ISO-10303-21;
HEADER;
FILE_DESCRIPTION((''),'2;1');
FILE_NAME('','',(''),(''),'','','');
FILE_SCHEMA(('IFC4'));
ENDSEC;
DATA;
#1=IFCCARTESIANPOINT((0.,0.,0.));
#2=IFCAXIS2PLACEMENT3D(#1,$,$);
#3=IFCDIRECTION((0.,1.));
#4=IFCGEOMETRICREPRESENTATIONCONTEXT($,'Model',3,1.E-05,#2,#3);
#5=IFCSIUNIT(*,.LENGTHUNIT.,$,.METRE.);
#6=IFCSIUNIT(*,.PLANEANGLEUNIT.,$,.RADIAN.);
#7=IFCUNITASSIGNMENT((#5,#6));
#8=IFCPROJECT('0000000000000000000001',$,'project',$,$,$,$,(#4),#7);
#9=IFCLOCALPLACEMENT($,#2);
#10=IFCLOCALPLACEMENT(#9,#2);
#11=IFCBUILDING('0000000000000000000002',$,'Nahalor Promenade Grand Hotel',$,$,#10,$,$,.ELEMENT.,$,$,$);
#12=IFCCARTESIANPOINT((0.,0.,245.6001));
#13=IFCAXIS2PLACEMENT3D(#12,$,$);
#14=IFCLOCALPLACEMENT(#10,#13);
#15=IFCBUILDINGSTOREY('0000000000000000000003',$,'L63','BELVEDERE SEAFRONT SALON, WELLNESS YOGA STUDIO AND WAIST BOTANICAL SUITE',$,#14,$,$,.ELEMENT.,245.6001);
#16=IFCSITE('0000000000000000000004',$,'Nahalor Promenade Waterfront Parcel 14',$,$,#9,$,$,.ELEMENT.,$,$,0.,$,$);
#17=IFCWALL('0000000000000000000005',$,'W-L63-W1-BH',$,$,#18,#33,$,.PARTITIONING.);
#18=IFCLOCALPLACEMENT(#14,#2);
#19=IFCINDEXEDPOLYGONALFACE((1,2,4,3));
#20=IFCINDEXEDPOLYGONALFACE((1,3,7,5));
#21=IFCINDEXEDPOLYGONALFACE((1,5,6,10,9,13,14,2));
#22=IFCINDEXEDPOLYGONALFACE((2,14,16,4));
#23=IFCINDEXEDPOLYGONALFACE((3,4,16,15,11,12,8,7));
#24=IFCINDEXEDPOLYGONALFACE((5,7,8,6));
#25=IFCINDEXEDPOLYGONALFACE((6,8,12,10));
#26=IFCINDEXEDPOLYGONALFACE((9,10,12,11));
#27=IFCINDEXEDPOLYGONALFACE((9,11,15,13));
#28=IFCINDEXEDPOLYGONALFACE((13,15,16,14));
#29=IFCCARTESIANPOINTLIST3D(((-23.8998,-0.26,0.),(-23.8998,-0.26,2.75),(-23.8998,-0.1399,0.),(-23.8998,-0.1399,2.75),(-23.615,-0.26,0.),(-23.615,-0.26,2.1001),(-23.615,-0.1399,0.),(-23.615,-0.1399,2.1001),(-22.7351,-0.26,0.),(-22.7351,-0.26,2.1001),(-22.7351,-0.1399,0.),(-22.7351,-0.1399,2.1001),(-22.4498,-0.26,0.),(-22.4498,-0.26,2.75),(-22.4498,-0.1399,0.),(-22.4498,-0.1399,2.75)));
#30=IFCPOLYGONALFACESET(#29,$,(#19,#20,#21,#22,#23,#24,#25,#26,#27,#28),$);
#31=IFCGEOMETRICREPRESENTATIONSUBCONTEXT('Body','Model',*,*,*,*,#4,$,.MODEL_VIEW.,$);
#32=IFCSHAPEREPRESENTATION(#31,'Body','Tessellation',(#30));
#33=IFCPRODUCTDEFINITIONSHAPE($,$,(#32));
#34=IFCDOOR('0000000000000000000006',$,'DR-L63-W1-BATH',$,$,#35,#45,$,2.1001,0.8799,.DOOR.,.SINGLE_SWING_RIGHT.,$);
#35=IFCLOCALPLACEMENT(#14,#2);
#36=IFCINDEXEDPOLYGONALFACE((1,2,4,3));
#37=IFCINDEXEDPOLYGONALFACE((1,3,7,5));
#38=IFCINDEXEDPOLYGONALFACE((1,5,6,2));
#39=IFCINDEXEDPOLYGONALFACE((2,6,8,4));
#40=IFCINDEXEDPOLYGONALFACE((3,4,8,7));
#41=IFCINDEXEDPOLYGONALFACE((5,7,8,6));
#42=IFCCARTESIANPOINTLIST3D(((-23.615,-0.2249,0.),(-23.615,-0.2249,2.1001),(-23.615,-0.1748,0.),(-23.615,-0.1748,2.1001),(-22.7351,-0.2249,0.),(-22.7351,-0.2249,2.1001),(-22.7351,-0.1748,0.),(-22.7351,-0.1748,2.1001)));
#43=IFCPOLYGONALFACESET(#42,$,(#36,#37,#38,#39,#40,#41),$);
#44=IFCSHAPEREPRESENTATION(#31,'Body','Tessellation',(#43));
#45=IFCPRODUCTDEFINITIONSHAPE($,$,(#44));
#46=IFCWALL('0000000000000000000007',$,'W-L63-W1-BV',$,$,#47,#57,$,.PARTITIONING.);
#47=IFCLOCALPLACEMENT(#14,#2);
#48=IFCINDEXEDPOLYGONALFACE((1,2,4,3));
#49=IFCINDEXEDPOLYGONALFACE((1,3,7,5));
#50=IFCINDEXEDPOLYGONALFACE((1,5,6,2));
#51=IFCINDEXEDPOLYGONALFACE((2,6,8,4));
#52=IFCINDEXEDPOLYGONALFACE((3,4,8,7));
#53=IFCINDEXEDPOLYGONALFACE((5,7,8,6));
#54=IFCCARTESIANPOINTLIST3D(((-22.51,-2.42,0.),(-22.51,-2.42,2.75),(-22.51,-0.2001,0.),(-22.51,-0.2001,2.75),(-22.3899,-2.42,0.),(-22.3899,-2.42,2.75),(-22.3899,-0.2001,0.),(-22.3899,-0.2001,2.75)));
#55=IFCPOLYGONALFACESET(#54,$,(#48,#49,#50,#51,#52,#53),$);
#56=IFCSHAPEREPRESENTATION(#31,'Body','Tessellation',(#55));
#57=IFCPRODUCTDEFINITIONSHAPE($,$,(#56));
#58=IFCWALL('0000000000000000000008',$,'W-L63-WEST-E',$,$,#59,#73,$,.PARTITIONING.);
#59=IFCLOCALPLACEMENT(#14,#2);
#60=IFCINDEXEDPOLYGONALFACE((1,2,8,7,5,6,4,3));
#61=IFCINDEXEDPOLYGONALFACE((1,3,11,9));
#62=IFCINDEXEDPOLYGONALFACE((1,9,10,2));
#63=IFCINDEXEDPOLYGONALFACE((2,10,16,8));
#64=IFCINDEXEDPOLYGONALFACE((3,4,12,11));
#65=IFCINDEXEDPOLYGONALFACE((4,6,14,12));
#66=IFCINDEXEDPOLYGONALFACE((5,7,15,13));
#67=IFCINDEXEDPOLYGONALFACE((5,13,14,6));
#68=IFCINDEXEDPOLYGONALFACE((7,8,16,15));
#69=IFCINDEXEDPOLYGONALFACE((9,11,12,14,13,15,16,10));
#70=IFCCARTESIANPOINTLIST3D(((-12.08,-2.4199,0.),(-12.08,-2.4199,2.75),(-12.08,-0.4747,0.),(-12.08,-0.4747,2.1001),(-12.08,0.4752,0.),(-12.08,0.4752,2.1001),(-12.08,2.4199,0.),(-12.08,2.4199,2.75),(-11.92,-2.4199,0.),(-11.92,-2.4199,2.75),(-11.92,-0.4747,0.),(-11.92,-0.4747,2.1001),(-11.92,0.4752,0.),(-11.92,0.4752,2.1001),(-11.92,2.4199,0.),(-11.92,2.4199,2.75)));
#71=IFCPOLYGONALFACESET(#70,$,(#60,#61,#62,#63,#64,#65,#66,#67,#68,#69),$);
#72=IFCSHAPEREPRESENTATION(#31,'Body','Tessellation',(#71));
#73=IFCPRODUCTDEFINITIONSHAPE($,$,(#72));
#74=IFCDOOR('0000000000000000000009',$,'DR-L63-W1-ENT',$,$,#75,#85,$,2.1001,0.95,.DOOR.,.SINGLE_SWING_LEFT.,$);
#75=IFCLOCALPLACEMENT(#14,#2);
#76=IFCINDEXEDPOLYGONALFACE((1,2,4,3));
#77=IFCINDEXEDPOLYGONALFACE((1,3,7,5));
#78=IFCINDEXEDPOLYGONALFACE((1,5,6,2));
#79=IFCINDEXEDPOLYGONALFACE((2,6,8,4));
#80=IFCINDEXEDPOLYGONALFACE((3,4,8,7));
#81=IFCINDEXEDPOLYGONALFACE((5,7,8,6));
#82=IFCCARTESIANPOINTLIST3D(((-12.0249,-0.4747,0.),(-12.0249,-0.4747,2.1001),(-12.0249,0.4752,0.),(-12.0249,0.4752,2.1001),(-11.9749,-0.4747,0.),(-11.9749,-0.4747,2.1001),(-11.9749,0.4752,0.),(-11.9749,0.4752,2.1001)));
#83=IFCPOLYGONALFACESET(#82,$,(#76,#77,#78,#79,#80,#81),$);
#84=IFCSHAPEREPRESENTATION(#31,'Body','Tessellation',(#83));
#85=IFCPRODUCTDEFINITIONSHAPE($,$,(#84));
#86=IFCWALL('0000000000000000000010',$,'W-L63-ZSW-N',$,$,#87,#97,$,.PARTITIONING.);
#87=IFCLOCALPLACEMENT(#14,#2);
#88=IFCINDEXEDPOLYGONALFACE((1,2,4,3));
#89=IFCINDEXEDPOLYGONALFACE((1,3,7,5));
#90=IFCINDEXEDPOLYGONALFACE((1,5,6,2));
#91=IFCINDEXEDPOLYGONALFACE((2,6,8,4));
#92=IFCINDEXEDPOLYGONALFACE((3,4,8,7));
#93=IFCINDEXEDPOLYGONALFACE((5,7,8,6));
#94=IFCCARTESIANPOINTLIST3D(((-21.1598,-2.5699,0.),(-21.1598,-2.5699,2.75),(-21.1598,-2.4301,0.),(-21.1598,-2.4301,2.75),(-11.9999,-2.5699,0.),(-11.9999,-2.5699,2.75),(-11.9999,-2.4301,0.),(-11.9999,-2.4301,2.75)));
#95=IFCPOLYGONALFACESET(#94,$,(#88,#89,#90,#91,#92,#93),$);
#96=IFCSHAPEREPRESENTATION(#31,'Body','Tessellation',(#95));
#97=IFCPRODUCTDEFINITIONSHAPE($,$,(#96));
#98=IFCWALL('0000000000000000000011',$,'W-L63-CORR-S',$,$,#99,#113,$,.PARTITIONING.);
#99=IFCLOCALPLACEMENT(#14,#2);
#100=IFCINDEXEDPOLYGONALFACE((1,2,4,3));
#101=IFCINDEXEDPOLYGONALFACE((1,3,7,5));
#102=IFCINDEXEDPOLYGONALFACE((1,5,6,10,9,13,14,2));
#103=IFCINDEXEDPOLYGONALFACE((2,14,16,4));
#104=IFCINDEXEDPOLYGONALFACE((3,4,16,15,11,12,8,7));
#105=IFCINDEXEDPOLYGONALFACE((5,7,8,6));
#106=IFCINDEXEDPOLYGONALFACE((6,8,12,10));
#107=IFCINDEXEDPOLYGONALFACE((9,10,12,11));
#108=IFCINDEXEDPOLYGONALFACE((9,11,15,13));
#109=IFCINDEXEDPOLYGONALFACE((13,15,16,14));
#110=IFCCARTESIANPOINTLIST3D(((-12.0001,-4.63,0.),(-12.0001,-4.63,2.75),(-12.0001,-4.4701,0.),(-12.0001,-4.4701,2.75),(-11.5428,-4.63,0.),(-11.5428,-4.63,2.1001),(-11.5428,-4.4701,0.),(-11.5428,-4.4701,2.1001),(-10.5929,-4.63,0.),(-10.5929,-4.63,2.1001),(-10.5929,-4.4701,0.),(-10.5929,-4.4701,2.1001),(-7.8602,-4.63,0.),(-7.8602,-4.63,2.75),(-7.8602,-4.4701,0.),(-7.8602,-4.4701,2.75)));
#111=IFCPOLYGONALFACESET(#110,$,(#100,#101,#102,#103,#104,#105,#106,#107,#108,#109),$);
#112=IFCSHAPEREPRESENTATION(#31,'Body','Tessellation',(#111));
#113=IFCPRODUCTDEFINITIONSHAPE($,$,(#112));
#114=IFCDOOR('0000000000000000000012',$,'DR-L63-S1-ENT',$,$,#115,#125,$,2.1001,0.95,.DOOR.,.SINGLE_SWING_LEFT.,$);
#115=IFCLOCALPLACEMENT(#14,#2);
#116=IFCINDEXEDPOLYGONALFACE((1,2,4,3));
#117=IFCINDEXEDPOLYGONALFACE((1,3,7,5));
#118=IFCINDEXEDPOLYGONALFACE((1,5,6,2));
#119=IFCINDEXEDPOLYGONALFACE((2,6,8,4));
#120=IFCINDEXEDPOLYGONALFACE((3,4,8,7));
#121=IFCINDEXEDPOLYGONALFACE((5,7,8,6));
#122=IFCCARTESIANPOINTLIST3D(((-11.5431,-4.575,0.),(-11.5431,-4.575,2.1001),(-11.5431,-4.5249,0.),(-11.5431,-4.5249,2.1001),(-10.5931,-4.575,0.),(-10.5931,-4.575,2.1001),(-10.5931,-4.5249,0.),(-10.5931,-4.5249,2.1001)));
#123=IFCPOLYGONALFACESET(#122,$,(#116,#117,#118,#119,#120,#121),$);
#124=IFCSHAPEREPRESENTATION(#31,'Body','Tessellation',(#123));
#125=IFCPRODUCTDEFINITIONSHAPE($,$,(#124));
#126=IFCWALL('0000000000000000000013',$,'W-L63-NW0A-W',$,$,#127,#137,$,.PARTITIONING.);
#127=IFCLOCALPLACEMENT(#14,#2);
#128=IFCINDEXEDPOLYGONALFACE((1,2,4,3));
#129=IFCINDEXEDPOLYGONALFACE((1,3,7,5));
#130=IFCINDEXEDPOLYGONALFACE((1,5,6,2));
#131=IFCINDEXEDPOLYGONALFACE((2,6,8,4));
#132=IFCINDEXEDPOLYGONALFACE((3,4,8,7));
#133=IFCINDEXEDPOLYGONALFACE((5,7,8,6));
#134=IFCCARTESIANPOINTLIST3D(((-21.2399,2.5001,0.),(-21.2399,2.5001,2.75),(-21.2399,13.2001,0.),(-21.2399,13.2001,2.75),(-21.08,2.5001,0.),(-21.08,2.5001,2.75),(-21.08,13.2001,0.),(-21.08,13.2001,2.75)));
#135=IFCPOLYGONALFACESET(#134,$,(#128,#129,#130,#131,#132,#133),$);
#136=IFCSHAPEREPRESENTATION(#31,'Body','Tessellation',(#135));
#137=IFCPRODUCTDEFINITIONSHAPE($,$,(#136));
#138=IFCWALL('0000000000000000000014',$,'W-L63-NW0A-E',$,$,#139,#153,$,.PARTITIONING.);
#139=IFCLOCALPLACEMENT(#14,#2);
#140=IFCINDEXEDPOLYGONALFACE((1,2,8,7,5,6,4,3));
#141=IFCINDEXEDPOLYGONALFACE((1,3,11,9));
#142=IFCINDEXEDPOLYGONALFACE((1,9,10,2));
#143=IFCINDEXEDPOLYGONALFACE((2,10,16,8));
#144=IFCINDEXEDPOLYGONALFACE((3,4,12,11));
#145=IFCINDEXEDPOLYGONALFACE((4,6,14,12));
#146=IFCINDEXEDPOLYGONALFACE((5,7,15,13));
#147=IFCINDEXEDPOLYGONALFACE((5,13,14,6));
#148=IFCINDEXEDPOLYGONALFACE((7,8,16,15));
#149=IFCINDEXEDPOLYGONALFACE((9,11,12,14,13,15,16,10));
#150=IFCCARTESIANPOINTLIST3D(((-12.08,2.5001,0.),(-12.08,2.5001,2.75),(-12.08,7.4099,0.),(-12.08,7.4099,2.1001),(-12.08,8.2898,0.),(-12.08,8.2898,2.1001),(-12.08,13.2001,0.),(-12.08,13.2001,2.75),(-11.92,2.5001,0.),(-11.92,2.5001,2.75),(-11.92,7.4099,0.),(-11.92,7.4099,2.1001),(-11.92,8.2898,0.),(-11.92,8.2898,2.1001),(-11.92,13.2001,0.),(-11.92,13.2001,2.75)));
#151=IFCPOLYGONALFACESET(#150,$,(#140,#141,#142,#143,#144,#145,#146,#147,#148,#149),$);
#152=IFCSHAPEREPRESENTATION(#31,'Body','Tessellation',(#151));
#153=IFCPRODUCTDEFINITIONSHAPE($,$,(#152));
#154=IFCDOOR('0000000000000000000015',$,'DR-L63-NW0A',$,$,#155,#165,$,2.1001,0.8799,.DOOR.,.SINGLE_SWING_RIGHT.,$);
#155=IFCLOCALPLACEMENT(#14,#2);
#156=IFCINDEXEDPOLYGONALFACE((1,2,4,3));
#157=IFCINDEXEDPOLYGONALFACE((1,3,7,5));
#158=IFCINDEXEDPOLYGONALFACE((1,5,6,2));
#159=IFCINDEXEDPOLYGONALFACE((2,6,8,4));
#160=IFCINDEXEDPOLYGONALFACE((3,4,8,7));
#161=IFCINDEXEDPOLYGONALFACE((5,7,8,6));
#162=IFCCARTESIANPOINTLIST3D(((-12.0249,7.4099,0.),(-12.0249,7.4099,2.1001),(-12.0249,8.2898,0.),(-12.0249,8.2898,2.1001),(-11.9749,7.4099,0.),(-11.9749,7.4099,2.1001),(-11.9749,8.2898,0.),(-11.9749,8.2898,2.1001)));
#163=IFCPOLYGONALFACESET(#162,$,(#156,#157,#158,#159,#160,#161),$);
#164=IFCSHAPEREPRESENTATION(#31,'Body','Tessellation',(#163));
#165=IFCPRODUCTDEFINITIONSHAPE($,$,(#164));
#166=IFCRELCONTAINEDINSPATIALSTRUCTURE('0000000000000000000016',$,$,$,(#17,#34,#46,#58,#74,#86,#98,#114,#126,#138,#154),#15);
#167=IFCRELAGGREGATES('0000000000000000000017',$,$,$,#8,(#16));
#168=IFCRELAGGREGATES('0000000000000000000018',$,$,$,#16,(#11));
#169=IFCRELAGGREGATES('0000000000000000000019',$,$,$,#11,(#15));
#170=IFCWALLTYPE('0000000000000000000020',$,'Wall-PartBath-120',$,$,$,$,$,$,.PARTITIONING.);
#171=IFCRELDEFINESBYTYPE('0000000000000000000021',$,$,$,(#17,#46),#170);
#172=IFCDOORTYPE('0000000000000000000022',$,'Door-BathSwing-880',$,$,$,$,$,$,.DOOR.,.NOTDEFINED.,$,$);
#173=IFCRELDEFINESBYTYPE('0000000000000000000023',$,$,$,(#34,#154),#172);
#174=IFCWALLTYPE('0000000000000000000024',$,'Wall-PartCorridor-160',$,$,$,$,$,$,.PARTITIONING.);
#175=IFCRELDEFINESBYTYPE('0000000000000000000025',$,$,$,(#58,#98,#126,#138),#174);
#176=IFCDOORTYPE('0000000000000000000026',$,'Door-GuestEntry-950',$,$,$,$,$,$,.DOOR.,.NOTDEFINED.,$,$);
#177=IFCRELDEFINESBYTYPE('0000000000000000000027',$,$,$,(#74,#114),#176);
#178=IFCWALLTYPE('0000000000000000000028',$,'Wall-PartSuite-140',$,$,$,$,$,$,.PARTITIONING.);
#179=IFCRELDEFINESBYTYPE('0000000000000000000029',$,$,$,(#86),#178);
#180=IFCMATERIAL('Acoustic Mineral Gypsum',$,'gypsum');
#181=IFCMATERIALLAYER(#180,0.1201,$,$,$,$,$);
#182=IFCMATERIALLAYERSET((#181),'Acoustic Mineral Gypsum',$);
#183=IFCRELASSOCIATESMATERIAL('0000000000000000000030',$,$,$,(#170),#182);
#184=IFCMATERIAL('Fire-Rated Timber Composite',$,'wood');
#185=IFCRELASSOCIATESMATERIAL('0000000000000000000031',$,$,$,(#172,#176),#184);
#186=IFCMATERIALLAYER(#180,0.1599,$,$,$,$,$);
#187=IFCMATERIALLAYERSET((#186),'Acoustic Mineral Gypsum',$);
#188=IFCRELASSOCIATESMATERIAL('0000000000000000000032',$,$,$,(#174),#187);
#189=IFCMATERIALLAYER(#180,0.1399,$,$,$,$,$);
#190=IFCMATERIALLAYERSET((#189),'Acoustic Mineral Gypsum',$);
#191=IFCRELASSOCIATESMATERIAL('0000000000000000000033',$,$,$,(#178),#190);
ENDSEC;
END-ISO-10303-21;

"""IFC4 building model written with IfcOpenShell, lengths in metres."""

from ifc_helpers import new_model, si_unit, direction, frame, frame_2d, origin, place, context, subcontext, project, spatial, rectangle, extrude, source, transform, mapped, material, layer, layer_set, type_object, element, fill, save


model = new_model("IFC4")

# Units and contexts
model_context = context("Model", 3, precision=1e-05, world=origin(), true_north=direction((0.0, 1.0)))
body_context = subcontext(model_context, "Body", "Model", "MODEL_VIEW")
ifc_project = project(units=[si_unit("LENGTHUNIT", "METRE"), si_unit("PLANEANGLEUNIT", "RADIAN")], contexts=[model_context])

# Site, building, storey
site_placement = place(None, origin())
site = spatial("IfcSite", under=ifc_project, at=site_placement, Name="Nahalor Promenade Waterfront Parcel 14", CompositionType="ELEMENT", RefElevation=0.0)
building_placement = place(site_placement, origin())
building = spatial("IfcBuilding", under=site, at=building_placement, Name="Nahalor Promenade Grand Hotel", CompositionType="ELEMENT")
storey_placement = place(building_placement, frame((0.0, 0.0, 245.6001)))
storey = spatial("IfcBuildingStorey", under=building, at=storey_placement, Name="L63", Description="BELVEDERE SEAFRONT SALON, WELLNESS YOGA STUDIO AND WAIST BOTANICAL SUITE", CompositionType="ELEMENT", Elevation=245.6001)

# Wall, opening, door
ifc_material_1 = material(Name="Acoustic Mineral Gypsum", Category="gypsum")
ifc_layer_1 = layer(ifc_material_1, 0.1201)
ifc_layer_set_1 = layer_set([ifc_layer_1], Name="Acoustic Mineral Gypsum")
wall_type_1 = type_object("IfcWallType", Name="Wall-PartBath-120", PredefinedType="PARTITIONING", material=ifc_layer_set_1)
shared_shape_1 = source(origin(), body_context, "Body", "SweptSolid", [
    extrude(rectangle(XDim=1.45, YDim=0.1201, at=frame_2d((0.7251, 0.0))), origin(), (0.0, 0.0, 1.0), 2.75),
])
wall_1_placement = place(storey_placement, frame((-23.8999, -0.2, 0.0), z_axis=(0.0, 0.0, 1.0), x_axis=(1.0, 0.0, 0.0)))
wall_1 = element("IfcWall", 1, at=wall_1_placement, inside=storey, type_object=wall_type_1, Name="W-L63-W1-BH", PredefinedType="PARTITIONING", context=body_context, shape_type="MappedRepresentation", body=[
    mapped(shared_shape_1, transform((0.0, 0.0, 0.0), scale=1.0)),
])
opening_1_placement = place(wall_1_placement, frame((0.2849, 0.0, 0.0)))
opening_1 = element("IfcOpeningElement", 2, at=opening_1_placement, cuts=wall_1, PredefinedType="OPENING", context=body_context, shape_type="SweptSolid", body=[
    extrude(rectangle(XDim=0.8799, YDim=2.1001, at=frame_2d((0.4399, 1.05))), frame((0.0, 0.0701, 0.0), z_axis=(0.0, -1.0, 0.0), x_axis=(1.0, 0.0, 0.0)), (0.0, 0.0, 1.0), 0.1401),
])
ifc_material_2 = material(Name="Fire-Rated Timber Composite", Category="wood")
door_type_1 = type_object("IfcDoorType", Name="Door-BathSwing-880", OperationType="NOTDEFINED", PredefinedType="DOOR", material=ifc_material_2)
shared_shape_2 = source(origin(), body_context, "Body", "SweptSolid", [
    extrude(rectangle(XDim=0.8799, YDim=2.1001, at=frame_2d((0.4399, 1.05))), frame((0.0, 0.0249, 0.0), z_axis=(0.0, -1.0, 0.0), x_axis=(1.0, 0.0, 0.0)), (0.0, 0.0, 1.0), 0.05),
])
door_1_placement = place(opening_1_placement, frame((0.8799, 0.0, 0.0), z_axis=(0.0, 0.0, 1.0), x_axis=(-1.0, 0.0, 0.0)))
door_1 = element("IfcDoor", 3, at=door_1_placement, inside=storey, type_object=door_type_1, Name="DR-L63-W1-BATH", OperationType="SINGLE_SWING_RIGHT", OverallHeight=2.1001, OverallWidth=0.8799, PredefinedType="DOOR", context=body_context, shape_type="MappedRepresentation", body=[
    mapped(shared_shape_2, transform((0.0, 0.0, 0.0), scale=1.0)),
])
fill(opening_1, door_1)

# Wall
shared_shape_3 = source(origin(), body_context, "Body", "SweptSolid", [
    extrude(rectangle(XDim=2.22, YDim=0.1201, at=frame_2d((1.1099, 0.0))), origin(), (0.0, 0.0, 1.0), 2.75),
])
wall_2_placement = place(storey_placement, frame((-22.45, -2.4199, 0.0), z_axis=(0.0, 0.0, 1.0), x_axis=(0.0, 1.0, 0.0)))
element("IfcWall", 4, at=wall_2_placement, inside=storey, type_object=wall_type_1, Name="W-L63-W1-BV", PredefinedType="PARTITIONING", context=body_context, shape_type="MappedRepresentation", body=[
    mapped(shared_shape_3, transform((0.0, 0.0, 0.0), scale=1.0)),
])

# Wall, opening, door
ifc_layer_2 = layer(ifc_material_1, 0.1599)
ifc_layer_set_2 = layer_set([ifc_layer_2], Name="Acoustic Mineral Gypsum")
wall_type_2 = type_object("IfcWallType", Name="Wall-PartCorridor-160", PredefinedType="PARTITIONING", material=ifc_layer_set_2)
shared_shape_4 = source(origin(), body_context, "Body", "SweptSolid", [
    extrude(rectangle(XDim=4.8398, YDim=0.1599, at=frame_2d((2.4199, 0.0))), origin(), (0.0, 0.0, 1.0), 2.75),
])
wall_3_placement = place(storey_placement, frame((-12.0, -2.4199, 0.0), z_axis=(0.0, 0.0, 1.0), x_axis=(0.0, 1.0, 0.0)))
wall_3 = element("IfcWall", 5, at=wall_3_placement, inside=storey, type_object=wall_type_2, Name="W-L63-WEST-E", PredefinedType="PARTITIONING", context=body_context, shape_type="MappedRepresentation", body=[
    mapped(shared_shape_4, transform((0.0, 0.0, 0.0), scale=1.0)),
])
opening_2_placement = place(wall_3_placement, frame((1.9451, 0.0, 0.0)))
opening_2 = element("IfcOpeningElement", 6, at=opening_2_placement, cuts=wall_3, PredefinedType="OPENING", context=body_context, shape_type="SweptSolid", body=[
    extrude(rectangle(XDim=0.95, YDim=2.1001, at=frame_2d((0.4751, 1.05))), frame((0.0, 0.0898, 0.0), z_axis=(0.0, -1.0, 0.0), x_axis=(1.0, 0.0, 0.0)), (0.0, 0.0, 1.0), 0.1799),
])
door_type_2 = type_object("IfcDoorType", Name="Door-GuestEntry-950", OperationType="NOTDEFINED", PredefinedType="DOOR", material=ifc_material_2)
shared_shape_5 = source(origin(), body_context, "Body", "SweptSolid", [
    extrude(rectangle(XDim=0.95, YDim=2.1001, at=frame_2d((0.4751, 1.05))), frame((0.0, 0.0249, 0.0), z_axis=(0.0, -1.0, 0.0), x_axis=(1.0, 0.0, 0.0)), (0.0, 0.0, 1.0), 0.05),
])
door_2_placement = place(opening_2_placement, origin())
door_2 = element("IfcDoor", 7, at=door_2_placement, inside=storey, type_object=door_type_2, Name="DR-L63-W1-ENT", OperationType="SINGLE_SWING_LEFT", OverallHeight=2.1001, OverallWidth=0.95, PredefinedType="DOOR", context=body_context, shape_type="MappedRepresentation", body=[
    mapped(shared_shape_5, transform((0.0, 0.0, 0.0), scale=1.0)),
])
fill(opening_2, door_2)

# Wall
ifc_layer_3 = layer(ifc_material_1, 0.1399)
ifc_layer_set_3 = layer_set([ifc_layer_3], Name="Acoustic Mineral Gypsum")
wall_type_3 = type_object("IfcWallType", Name="Wall-PartSuite-140", PredefinedType="PARTITIONING", material=ifc_layer_set_3)
shared_shape_6 = source(origin(), body_context, "Body", "SweptSolid", [
    extrude(rectangle(XDim=9.1599, YDim=0.1399, at=frame_2d((4.5801, 0.0))), origin(), (0.0, 0.0, 1.0), 2.75),
])
wall_4_placement = place(storey_placement, frame((-21.1599, -2.5, 0.0), z_axis=(0.0, 0.0, 1.0), x_axis=(1.0, 0.0, 0.0)))
element("IfcWall", 8, at=wall_4_placement, inside=storey, type_object=wall_type_3, Name="W-L63-ZSW-N", PredefinedType="PARTITIONING", context=body_context, shape_type="MappedRepresentation", body=[
    mapped(shared_shape_6, transform((0.0, 0.0, 0.0), scale=1.0)),
])

# Wall, opening, door
shared_shape_7 = source(origin(), body_context, "Body", "SweptSolid", [
    extrude(rectangle(XDim=4.1399, YDim=0.1599, at=frame_2d((2.0698, 0.0))), origin(), (0.0, 0.0, 1.0), 2.75),
])
wall_5_placement = place(storey_placement, frame((-12.0, -4.55, 0.0), z_axis=(0.0, 0.0, 1.0), x_axis=(1.0, 0.0, 0.0)))
wall_5 = element("IfcWall", 9, at=wall_5_placement, inside=storey, type_object=wall_type_2, Name="W-L63-CORR-S", PredefinedType="PARTITIONING", context=body_context, shape_type="MappedRepresentation", body=[
    mapped(shared_shape_7, transform((0.0, 0.0, 0.0), scale=1.0)),
])
opening_3_placement = place(wall_5_placement, frame((0.457, 0.0, 0.0)))
opening_3 = element("IfcOpeningElement", 10, at=opening_3_placement, cuts=wall_5, PredefinedType="OPENING", context=body_context, shape_type="SweptSolid", body=[
    extrude(rectangle(XDim=0.95, YDim=2.1001, at=frame_2d((0.4751, 1.05))), frame((0.0, 0.0898, 0.0), z_axis=(0.0, -1.0, 0.0), x_axis=(1.0, 0.0, 0.0)), (0.0, 0.0, 1.0), 0.1799),
])
door_3_placement = place(opening_3_placement, frame((0.95, 0.0, 0.0), z_axis=(0.0, 0.0, 1.0), x_axis=(-1.0, 0.0, 0.0)))
door_3 = element("IfcDoor", 11, at=door_3_placement, inside=storey, type_object=door_type_2, Name="DR-L63-S1-ENT", OperationType="SINGLE_SWING_LEFT", OverallHeight=2.1001, OverallWidth=0.95, PredefinedType="DOOR", context=body_context, shape_type="MappedRepresentation", body=[
    mapped(shared_shape_5, transform((0.0, 0.0, 0.0), scale=1.0)),
])
fill(opening_3, door_3)

# Wall
shared_shape_8 = source(origin(), body_context, "Body", "SweptSolid", [
    extrude(rectangle(XDim=10.7, YDim=0.1599, at=frame_2d((5.3501, 0.0))), origin(), (0.0, 0.0, 1.0), 2.75),
])
wall_6_placement = place(storey_placement, frame((-21.1599, 2.5, 0.0), z_axis=(0.0, 0.0, 1.0), x_axis=(0.0, 1.0, 0.0)))
element("IfcWall", 12, at=wall_6_placement, inside=storey, type_object=wall_type_2, Name="W-L63-NW0A-W", PredefinedType="PARTITIONING", context=body_context, shape_type="MappedRepresentation", body=[
    mapped(shared_shape_8, transform((0.0, 0.0, 0.0), scale=1.0)),
])

# Wall, opening, door
wall_7_placement = place(storey_placement, frame((-12.0, 2.5, 0.0), z_axis=(0.0, 0.0, 1.0), x_axis=(0.0, 1.0, 0.0)))
wall_7 = element("IfcWall", 13, at=wall_7_placement, inside=storey, type_object=wall_type_2, Name="W-L63-NW0A-E", PredefinedType="PARTITIONING", context=body_context, shape_type="MappedRepresentation", body=[
    mapped(shared_shape_8, transform((0.0, 0.0, 0.0), scale=1.0)),
])
opening_4_placement = place(wall_7_placement, frame((4.9099, 0.0, 0.0)))
opening_4 = element("IfcOpeningElement", 14, at=opening_4_placement, cuts=wall_7, PredefinedType="OPENING", context=body_context, shape_type="SweptSolid", body=[
    extrude(rectangle(XDim=0.8799, YDim=2.1001, at=frame_2d((0.4399, 1.05))), frame((0.0, 0.0898, 0.0), z_axis=(0.0, -1.0, 0.0), x_axis=(1.0, 0.0, 0.0)), (0.0, 0.0, 1.0), 0.1799),
])
door_4_placement = place(opening_4_placement, origin())
door_4 = element("IfcDoor", 15, at=door_4_placement, inside=storey, type_object=door_type_1, Name="DR-L63-NW0A", OperationType="SINGLE_SWING_RIGHT", OverallHeight=2.1001, OverallWidth=0.8799, PredefinedType="DOOR", context=body_context, shape_type="MappedRepresentation", body=[
    mapped(shared_shape_2, transform((0.0, 0.0, 0.0), scale=1.0)),
])
fill(opening_4, door_4)

save(model, "model.ifc")
